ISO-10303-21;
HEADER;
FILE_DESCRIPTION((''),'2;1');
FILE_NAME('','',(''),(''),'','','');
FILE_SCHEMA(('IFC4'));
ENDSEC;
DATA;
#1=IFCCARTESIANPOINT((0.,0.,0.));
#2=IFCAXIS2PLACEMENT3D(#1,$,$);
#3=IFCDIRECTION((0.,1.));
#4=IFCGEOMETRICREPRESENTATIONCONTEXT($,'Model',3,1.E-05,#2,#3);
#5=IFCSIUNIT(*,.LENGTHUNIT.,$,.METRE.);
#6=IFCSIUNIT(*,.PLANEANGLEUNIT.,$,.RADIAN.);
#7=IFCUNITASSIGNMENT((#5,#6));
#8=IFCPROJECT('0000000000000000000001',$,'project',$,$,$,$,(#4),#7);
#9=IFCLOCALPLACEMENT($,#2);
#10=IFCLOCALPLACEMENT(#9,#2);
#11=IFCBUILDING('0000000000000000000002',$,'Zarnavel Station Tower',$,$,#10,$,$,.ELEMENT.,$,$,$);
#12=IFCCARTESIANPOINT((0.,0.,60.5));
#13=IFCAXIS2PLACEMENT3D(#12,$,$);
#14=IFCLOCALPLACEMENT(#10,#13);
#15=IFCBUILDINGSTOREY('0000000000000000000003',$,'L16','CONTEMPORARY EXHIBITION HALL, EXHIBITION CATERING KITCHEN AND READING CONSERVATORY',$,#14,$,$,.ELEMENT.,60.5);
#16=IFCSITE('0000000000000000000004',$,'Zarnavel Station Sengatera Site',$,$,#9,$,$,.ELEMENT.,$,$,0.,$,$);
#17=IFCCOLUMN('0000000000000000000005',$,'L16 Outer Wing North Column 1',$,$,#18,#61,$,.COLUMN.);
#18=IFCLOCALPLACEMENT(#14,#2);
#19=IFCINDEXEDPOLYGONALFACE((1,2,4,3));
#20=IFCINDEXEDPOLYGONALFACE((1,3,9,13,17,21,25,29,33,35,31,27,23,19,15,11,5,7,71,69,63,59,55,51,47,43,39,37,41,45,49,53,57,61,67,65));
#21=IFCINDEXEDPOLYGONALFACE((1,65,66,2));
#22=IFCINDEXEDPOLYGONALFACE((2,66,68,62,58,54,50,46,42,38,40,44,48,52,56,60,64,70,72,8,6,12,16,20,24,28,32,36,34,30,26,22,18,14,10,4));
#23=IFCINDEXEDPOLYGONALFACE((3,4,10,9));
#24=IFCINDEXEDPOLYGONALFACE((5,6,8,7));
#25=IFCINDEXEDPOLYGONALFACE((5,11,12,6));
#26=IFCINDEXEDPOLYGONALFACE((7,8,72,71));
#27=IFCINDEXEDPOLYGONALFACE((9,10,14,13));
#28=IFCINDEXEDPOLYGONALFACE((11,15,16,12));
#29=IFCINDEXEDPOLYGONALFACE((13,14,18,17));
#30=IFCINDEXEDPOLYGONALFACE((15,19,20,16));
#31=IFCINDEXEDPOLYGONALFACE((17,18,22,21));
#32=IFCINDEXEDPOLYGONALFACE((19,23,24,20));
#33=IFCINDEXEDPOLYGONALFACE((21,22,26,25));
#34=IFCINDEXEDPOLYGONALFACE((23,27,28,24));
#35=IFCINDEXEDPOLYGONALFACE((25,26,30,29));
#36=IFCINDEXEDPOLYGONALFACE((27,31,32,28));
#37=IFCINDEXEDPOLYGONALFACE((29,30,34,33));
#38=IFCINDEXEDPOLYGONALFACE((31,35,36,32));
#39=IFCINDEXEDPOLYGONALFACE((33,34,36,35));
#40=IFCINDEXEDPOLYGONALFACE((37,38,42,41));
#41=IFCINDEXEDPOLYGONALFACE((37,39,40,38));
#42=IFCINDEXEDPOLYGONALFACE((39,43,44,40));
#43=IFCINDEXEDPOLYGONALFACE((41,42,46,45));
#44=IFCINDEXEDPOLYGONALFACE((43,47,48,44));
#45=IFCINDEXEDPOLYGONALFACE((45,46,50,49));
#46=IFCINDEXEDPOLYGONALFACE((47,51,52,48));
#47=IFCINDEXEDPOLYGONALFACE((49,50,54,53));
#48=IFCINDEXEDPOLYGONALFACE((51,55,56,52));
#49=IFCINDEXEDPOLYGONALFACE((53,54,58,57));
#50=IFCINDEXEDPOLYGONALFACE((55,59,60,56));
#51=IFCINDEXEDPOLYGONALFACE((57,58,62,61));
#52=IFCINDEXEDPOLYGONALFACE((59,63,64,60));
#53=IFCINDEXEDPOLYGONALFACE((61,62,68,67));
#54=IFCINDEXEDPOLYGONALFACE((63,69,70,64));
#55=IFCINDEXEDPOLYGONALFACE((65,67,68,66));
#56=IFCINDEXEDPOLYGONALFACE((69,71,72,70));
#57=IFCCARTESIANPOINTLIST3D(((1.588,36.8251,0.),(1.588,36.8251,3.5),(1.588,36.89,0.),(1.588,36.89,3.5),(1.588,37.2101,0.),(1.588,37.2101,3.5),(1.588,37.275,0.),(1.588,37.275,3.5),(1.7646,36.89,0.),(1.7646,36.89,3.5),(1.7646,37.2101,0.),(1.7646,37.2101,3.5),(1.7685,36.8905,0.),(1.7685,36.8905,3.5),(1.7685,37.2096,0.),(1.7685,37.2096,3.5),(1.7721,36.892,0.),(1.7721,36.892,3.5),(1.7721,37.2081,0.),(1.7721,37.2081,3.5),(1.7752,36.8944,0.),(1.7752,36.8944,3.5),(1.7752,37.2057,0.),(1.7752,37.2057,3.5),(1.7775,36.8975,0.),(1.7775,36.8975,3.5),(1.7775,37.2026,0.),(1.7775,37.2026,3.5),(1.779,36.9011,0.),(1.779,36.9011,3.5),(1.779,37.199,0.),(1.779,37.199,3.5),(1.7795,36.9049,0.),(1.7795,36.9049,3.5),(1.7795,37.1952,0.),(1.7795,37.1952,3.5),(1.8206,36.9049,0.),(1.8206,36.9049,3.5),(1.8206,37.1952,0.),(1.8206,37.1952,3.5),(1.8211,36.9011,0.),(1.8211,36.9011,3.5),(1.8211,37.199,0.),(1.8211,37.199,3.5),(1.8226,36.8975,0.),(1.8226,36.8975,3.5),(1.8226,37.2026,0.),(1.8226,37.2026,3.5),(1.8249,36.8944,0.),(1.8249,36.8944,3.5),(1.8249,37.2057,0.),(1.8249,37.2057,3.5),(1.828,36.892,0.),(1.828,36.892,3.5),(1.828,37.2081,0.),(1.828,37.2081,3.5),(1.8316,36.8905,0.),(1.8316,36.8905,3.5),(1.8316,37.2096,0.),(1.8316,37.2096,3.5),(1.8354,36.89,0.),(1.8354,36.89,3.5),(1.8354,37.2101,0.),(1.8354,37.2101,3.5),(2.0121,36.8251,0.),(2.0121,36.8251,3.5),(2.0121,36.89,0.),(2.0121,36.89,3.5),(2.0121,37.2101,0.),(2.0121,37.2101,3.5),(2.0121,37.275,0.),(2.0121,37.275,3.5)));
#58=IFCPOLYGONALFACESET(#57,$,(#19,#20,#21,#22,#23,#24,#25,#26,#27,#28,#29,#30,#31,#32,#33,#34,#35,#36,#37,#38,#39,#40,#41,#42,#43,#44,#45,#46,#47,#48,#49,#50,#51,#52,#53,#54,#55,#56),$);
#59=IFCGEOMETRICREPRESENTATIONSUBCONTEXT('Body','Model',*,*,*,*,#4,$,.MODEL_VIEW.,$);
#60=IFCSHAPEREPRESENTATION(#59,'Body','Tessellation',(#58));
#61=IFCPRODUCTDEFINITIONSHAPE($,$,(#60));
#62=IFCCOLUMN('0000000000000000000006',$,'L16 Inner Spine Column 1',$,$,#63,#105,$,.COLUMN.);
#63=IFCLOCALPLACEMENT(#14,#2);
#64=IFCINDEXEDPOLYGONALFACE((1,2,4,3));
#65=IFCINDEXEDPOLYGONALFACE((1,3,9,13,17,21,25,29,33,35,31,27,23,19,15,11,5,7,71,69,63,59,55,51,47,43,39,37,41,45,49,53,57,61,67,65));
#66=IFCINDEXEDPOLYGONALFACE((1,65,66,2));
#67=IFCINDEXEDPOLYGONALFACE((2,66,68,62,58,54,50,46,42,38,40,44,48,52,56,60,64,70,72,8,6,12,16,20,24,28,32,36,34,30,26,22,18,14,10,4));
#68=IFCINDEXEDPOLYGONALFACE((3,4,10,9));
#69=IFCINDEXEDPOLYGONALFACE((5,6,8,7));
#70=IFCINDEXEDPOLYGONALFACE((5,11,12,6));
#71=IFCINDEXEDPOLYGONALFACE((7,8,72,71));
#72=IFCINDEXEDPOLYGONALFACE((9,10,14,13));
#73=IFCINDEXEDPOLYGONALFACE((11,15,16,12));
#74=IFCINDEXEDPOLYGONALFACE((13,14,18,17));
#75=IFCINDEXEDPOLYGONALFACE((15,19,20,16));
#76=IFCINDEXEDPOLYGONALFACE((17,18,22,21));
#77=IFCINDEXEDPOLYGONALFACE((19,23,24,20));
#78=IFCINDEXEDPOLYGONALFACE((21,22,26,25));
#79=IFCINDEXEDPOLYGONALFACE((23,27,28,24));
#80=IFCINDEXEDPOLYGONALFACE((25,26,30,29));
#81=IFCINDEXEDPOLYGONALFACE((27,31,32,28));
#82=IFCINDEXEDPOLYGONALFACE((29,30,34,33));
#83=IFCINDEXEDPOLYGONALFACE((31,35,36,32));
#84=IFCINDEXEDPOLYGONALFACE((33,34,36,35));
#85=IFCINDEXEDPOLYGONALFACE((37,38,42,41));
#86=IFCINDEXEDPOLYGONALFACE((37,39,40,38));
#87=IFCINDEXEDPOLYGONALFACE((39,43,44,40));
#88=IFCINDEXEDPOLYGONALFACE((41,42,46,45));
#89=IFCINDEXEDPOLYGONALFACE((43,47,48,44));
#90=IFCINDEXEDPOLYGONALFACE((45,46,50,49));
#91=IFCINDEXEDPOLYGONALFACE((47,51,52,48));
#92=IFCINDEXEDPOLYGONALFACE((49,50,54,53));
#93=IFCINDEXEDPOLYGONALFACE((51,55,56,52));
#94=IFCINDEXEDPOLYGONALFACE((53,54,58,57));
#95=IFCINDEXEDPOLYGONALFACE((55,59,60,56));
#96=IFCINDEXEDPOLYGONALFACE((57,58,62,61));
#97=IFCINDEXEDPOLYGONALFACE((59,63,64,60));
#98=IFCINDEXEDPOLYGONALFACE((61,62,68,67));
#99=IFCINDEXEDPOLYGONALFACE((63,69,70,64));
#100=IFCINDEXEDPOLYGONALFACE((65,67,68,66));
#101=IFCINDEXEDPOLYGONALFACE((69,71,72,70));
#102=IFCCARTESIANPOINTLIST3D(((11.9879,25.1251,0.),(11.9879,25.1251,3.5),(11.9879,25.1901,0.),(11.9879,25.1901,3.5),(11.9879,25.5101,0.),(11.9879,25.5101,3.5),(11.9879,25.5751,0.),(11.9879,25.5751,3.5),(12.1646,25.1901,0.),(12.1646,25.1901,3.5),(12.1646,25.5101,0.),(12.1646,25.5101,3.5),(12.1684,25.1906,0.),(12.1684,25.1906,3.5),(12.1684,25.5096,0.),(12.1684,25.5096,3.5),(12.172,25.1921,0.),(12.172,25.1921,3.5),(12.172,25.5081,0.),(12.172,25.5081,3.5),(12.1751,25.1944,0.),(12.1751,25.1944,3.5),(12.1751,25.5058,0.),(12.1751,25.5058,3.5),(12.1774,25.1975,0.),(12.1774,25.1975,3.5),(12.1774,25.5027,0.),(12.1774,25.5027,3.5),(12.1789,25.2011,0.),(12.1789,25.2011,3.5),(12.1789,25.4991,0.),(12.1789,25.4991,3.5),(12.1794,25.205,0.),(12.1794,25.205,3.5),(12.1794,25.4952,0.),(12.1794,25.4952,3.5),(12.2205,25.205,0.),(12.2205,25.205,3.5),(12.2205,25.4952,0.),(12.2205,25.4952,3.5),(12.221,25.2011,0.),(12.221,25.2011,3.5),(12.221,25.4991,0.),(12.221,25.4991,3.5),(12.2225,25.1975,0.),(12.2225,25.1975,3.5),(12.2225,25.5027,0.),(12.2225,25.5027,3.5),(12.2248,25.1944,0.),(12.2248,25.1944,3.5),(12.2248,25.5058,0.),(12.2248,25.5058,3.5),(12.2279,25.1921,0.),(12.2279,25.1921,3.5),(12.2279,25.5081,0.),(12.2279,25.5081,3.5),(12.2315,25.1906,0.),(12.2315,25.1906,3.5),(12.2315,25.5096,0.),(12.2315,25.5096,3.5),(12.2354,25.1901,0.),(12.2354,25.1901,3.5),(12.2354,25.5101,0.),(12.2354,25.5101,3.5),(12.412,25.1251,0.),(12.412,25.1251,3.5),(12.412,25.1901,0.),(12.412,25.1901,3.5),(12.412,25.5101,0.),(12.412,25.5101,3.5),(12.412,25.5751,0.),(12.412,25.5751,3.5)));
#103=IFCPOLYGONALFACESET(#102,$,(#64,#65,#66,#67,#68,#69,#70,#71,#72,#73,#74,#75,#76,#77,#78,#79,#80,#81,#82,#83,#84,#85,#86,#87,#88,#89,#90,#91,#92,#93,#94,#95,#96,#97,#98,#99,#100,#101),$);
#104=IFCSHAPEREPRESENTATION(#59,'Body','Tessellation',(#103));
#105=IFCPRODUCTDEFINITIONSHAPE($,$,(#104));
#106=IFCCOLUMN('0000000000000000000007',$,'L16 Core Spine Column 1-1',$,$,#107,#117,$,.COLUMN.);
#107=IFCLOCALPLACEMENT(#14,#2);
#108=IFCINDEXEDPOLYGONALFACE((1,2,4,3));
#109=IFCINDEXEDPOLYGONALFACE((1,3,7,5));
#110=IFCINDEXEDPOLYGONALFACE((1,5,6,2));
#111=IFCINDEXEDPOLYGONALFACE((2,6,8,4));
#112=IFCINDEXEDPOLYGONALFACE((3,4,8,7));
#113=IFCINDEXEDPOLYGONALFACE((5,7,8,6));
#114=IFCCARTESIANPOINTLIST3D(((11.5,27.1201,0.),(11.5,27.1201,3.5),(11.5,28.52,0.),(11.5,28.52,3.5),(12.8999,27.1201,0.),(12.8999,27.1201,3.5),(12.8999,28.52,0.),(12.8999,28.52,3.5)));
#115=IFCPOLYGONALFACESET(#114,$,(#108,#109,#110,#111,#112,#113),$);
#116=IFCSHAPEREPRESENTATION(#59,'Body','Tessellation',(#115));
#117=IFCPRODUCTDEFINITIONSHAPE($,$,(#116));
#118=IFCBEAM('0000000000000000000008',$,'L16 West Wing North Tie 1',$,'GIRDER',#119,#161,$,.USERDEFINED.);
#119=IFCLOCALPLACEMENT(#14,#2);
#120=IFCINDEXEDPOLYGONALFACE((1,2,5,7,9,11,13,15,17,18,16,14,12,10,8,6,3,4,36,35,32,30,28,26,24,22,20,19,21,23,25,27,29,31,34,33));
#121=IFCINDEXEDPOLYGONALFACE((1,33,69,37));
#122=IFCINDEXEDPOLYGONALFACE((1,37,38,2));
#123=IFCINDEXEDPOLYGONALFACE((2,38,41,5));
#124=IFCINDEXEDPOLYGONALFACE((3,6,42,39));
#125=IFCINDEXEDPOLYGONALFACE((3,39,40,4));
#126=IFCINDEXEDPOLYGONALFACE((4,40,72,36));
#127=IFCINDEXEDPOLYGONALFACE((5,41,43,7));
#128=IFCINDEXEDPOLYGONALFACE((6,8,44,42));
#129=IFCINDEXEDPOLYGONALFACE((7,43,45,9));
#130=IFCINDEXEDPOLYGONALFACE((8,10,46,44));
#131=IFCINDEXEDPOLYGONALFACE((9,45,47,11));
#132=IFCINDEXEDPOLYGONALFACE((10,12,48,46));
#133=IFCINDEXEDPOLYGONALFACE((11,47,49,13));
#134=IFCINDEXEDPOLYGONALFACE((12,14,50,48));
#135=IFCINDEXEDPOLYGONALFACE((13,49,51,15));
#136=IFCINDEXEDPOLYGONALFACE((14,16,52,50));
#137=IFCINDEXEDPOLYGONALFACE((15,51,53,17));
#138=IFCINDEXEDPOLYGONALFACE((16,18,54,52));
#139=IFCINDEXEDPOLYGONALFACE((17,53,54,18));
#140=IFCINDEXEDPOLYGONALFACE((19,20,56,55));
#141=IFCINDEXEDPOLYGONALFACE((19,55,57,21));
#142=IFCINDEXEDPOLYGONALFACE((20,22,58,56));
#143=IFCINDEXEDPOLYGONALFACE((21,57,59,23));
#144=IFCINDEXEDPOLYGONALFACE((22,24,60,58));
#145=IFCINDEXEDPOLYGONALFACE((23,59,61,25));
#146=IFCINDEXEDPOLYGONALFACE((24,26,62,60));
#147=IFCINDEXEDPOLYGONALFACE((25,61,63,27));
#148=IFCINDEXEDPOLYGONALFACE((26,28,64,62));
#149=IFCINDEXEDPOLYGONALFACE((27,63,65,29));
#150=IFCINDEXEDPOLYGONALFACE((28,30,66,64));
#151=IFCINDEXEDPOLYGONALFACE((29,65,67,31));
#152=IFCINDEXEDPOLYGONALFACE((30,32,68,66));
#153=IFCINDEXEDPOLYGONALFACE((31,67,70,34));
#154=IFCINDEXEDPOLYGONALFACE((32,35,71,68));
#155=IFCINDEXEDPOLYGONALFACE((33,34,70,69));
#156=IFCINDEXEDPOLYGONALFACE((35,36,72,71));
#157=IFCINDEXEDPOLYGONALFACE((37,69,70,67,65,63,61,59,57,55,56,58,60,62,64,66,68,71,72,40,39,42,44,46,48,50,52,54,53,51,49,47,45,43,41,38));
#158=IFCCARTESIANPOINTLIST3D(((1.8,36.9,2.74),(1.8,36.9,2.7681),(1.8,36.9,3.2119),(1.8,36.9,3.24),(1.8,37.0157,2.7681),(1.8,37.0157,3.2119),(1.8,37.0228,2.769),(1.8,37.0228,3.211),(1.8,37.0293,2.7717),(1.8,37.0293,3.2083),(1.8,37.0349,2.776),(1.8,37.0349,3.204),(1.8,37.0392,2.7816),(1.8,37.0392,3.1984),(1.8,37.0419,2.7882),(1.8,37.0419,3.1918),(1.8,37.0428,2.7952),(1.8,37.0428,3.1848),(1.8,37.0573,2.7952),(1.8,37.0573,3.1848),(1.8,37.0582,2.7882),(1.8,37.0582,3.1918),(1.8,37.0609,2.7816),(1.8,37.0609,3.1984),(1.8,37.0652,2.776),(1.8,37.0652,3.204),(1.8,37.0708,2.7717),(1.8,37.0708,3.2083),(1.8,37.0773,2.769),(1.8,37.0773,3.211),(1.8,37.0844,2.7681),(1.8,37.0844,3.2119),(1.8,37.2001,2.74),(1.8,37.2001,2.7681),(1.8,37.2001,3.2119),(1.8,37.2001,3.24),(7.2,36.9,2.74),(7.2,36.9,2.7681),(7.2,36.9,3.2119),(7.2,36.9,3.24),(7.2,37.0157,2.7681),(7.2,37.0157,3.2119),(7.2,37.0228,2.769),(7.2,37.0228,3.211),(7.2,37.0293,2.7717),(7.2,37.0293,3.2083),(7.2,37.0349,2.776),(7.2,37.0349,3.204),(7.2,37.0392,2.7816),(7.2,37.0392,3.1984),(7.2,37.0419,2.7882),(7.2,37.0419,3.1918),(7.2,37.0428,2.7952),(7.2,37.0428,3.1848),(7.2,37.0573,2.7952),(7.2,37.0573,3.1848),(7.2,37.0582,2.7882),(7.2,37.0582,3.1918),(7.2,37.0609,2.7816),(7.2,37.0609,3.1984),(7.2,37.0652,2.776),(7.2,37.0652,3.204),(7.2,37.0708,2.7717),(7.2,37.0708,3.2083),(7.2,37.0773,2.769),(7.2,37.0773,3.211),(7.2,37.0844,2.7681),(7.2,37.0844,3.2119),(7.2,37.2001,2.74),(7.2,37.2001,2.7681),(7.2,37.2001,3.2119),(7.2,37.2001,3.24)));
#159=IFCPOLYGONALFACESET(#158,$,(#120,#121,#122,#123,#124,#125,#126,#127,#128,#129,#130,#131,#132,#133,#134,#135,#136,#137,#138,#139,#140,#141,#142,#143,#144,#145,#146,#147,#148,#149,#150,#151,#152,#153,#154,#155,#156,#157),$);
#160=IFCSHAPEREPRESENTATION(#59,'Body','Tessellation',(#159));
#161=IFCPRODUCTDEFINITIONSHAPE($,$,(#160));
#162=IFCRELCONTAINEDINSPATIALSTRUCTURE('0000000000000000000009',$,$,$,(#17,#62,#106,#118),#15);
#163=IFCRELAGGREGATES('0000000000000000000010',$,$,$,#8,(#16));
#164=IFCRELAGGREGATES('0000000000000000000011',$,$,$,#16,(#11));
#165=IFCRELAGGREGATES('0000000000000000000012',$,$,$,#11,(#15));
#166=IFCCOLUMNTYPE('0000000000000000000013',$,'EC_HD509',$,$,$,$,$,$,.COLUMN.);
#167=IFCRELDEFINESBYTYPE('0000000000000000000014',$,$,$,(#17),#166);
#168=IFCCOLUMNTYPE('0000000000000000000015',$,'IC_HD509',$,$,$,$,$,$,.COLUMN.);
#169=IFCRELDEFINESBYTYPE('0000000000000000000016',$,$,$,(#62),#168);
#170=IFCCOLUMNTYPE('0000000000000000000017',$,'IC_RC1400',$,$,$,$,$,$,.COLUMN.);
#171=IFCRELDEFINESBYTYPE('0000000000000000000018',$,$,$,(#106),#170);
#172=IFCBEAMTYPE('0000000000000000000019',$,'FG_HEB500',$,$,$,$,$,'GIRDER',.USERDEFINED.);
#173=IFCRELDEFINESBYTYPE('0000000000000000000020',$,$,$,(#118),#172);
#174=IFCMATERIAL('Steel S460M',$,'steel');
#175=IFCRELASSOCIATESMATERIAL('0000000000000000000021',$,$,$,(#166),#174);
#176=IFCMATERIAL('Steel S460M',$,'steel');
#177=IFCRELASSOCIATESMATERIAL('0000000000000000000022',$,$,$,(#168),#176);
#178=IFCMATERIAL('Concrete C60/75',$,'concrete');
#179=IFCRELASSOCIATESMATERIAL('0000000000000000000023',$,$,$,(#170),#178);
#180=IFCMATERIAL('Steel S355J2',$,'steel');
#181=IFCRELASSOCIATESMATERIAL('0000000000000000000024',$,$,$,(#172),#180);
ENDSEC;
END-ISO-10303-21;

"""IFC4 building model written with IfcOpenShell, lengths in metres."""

from ifc_helpers import new_model, si_unit, direction, frame, origin, origin_2d, place, context, subcontext, project, spatial, rectangle, i_section, extrude, material, material_profile, profile_set, type_object, element, save


model = new_model("IFC4")

# Units and contexts
model_context = context("Model", 3, precision=1e-05, world=origin(), true_north=direction((0.0, 1.0)))
body_context = subcontext(model_context, "Body", "Model", "MODEL_VIEW")
ifc_project = project(units=[si_unit("LENGTHUNIT", "METRE"), si_unit("PLANEANGLEUNIT", "RADIAN")], contexts=[model_context])

# Site, building, storey
site_placement = place(None, origin())
site = spatial("IfcSite", under=ifc_project, at=site_placement, Name="Zarnavel Station Sengatera Site", CompositionType="ELEMENT", RefElevation=0.0)
building_placement = place(site_placement, origin())
building = spatial("IfcBuilding", under=site, at=building_placement, Name="Zarnavel Station Tower", CompositionType="ELEMENT")
storey_placement = place(building_placement, frame((0.0, 0.0, 60.5)))
storey = spatial("IfcBuildingStorey", under=building, at=storey_placement, Name="L16", Description="CONTEMPORARY EXHIBITION HALL, EXHIBITION CATERING KITCHEN AND READING CONSERVATORY", CompositionType="ELEMENT", Elevation=60.5)

# Columns
ifc_material_1 = material(Name="Steel S460M", Category="steel")
ifc_material_profile_1 = material_profile(ifc_material_1, i_section(OverallWidth=0.4241, OverallDepth=0.45, WebThickness=0.041, FlangeThickness=0.0649, FilletRadius=0.0149, at=origin_2d()), Name="HD400x509")
ifc_profile_set_1 = profile_set([ifc_material_profile_1], Name="Steel S460M")
column_type_1 = type_object("IfcColumnType", Name="EC_HD509", PredefinedType="COLUMN", material=ifc_profile_set_1)
column_1_placement = place(storey_placement, frame((1.8, 37.05, 0.0), z_axis=(0.0, 0.0, 1.0), x_axis=(1.0, 0.0, 0.0)))
element("IfcColumn", 1, at=column_1_placement, inside=storey, type_object=column_type_1, Name="L16 Outer Wing North Column 1", PredefinedType="COLUMN", context=body_context, shape_type="SweptSolid", body=[
    extrude(i_section(OverallWidth=0.4241, OverallDepth=0.45, WebThickness=0.041, FlangeThickness=0.0649, FilletRadius=0.0149, at=origin_2d()), origin(), (0.0, 0.0, 1.0), 3.5),
])
ifc_material_2 = material(Name="Steel S460M", Category="steel")
ifc_material_profile_2 = material_profile(ifc_material_2, i_section(OverallWidth=0.4241, OverallDepth=0.45, WebThickness=0.041, FlangeThickness=0.0649, FilletRadius=0.0149, at=origin_2d()), Name="HD400x509")
ifc_profile_set_2 = profile_set([ifc_material_profile_2], Name="Steel S460M")
column_type_2 = type_object("IfcColumnType", Name="IC_HD509", PredefinedType="COLUMN", material=ifc_profile_set_2)
column_2_placement = place(storey_placement, frame((12.2, 25.3501, 0.0), z_axis=(0.0, 0.0, 1.0), x_axis=(1.0, 0.0, 0.0)))
element("IfcColumn", 2, at=column_2_placement, inside=storey, type_object=column_type_2, Name="L16 Inner Spine Column 1", PredefinedType="COLUMN", context=body_context, shape_type="SweptSolid", body=[
    extrude(i_section(OverallWidth=0.4241, OverallDepth=0.45, WebThickness=0.041, FlangeThickness=0.0649, FilletRadius=0.0149, at=origin_2d()), origin(), (0.0, 0.0, 1.0), 3.5),
])
ifc_material_3 = material(Name="Concrete C60/75", Category="concrete")
ifc_material_profile_3 = material_profile(ifc_material_3, rectangle(XDim=1.3999, YDim=1.3999, at=origin_2d()), Name="RC1400x1400")
ifc_profile_set_3 = profile_set([ifc_material_profile_3], Name="Concrete C60/75")
column_type_3 = type_object("IfcColumnType", Name="IC_RC1400", PredefinedType="COLUMN", material=ifc_profile_set_3)
column_3_placement = place(storey_placement, frame((12.2, 27.8201, 0.0), z_axis=(0.0, 0.0, 1.0), x_axis=(1.0, 0.0, 0.0)))
element("IfcColumn", 3, at=column_3_placement, inside=storey, type_object=column_type_3, Name="L16 Core Spine Column 1-1", PredefinedType="COLUMN", context=body_context, shape_type="SweptSolid", body=[
    extrude(rectangle(XDim=1.3999, YDim=1.3999, at=origin_2d()), origin(), (0.0, 0.0, 1.0), 3.5),
])

# Beam
ifc_material_4 = material(Name="Steel S355J2", Category="steel")
ifc_material_profile_4 = material_profile(ifc_material_4, i_section(OverallWidth=0.3, OverallDepth=0.5, WebThickness=0.0144, FlangeThickness=0.0281, FilletRadius=0.0271, at=origin_2d()), Name="HEB500")
ifc_profile_set_4 = profile_set([ifc_material_profile_4], Name="Steel S355J2")
beam_type_1 = type_object("IfcBeamType", Name="FG_HEB500", ElementType="GIRDER", PredefinedType="USERDEFINED", material=ifc_profile_set_4)
beam_1_placement = place(storey_placement, frame((1.8, 37.05, 2.99), z_axis=(1.0, 0.0, 0.0), x_axis=(0.0, 1.0, 0.0)))
element("IfcBeam", 4, at=beam_1_placement, inside=storey, type_object=beam_type_1, Name="L16 West Wing North Tie 1", ObjectType="GIRDER", PredefinedType="USERDEFINED", context=body_context, shape_type="SweptSolid", body=[
    extrude(i_section(OverallWidth=0.3, OverallDepth=0.5, WebThickness=0.0144, FlangeThickness=0.0281, FilletRadius=0.0271, at=origin_2d()), origin(), (0.0, 0.0, 1.0), 5.3999),
])

save(model, "model.ifc")
